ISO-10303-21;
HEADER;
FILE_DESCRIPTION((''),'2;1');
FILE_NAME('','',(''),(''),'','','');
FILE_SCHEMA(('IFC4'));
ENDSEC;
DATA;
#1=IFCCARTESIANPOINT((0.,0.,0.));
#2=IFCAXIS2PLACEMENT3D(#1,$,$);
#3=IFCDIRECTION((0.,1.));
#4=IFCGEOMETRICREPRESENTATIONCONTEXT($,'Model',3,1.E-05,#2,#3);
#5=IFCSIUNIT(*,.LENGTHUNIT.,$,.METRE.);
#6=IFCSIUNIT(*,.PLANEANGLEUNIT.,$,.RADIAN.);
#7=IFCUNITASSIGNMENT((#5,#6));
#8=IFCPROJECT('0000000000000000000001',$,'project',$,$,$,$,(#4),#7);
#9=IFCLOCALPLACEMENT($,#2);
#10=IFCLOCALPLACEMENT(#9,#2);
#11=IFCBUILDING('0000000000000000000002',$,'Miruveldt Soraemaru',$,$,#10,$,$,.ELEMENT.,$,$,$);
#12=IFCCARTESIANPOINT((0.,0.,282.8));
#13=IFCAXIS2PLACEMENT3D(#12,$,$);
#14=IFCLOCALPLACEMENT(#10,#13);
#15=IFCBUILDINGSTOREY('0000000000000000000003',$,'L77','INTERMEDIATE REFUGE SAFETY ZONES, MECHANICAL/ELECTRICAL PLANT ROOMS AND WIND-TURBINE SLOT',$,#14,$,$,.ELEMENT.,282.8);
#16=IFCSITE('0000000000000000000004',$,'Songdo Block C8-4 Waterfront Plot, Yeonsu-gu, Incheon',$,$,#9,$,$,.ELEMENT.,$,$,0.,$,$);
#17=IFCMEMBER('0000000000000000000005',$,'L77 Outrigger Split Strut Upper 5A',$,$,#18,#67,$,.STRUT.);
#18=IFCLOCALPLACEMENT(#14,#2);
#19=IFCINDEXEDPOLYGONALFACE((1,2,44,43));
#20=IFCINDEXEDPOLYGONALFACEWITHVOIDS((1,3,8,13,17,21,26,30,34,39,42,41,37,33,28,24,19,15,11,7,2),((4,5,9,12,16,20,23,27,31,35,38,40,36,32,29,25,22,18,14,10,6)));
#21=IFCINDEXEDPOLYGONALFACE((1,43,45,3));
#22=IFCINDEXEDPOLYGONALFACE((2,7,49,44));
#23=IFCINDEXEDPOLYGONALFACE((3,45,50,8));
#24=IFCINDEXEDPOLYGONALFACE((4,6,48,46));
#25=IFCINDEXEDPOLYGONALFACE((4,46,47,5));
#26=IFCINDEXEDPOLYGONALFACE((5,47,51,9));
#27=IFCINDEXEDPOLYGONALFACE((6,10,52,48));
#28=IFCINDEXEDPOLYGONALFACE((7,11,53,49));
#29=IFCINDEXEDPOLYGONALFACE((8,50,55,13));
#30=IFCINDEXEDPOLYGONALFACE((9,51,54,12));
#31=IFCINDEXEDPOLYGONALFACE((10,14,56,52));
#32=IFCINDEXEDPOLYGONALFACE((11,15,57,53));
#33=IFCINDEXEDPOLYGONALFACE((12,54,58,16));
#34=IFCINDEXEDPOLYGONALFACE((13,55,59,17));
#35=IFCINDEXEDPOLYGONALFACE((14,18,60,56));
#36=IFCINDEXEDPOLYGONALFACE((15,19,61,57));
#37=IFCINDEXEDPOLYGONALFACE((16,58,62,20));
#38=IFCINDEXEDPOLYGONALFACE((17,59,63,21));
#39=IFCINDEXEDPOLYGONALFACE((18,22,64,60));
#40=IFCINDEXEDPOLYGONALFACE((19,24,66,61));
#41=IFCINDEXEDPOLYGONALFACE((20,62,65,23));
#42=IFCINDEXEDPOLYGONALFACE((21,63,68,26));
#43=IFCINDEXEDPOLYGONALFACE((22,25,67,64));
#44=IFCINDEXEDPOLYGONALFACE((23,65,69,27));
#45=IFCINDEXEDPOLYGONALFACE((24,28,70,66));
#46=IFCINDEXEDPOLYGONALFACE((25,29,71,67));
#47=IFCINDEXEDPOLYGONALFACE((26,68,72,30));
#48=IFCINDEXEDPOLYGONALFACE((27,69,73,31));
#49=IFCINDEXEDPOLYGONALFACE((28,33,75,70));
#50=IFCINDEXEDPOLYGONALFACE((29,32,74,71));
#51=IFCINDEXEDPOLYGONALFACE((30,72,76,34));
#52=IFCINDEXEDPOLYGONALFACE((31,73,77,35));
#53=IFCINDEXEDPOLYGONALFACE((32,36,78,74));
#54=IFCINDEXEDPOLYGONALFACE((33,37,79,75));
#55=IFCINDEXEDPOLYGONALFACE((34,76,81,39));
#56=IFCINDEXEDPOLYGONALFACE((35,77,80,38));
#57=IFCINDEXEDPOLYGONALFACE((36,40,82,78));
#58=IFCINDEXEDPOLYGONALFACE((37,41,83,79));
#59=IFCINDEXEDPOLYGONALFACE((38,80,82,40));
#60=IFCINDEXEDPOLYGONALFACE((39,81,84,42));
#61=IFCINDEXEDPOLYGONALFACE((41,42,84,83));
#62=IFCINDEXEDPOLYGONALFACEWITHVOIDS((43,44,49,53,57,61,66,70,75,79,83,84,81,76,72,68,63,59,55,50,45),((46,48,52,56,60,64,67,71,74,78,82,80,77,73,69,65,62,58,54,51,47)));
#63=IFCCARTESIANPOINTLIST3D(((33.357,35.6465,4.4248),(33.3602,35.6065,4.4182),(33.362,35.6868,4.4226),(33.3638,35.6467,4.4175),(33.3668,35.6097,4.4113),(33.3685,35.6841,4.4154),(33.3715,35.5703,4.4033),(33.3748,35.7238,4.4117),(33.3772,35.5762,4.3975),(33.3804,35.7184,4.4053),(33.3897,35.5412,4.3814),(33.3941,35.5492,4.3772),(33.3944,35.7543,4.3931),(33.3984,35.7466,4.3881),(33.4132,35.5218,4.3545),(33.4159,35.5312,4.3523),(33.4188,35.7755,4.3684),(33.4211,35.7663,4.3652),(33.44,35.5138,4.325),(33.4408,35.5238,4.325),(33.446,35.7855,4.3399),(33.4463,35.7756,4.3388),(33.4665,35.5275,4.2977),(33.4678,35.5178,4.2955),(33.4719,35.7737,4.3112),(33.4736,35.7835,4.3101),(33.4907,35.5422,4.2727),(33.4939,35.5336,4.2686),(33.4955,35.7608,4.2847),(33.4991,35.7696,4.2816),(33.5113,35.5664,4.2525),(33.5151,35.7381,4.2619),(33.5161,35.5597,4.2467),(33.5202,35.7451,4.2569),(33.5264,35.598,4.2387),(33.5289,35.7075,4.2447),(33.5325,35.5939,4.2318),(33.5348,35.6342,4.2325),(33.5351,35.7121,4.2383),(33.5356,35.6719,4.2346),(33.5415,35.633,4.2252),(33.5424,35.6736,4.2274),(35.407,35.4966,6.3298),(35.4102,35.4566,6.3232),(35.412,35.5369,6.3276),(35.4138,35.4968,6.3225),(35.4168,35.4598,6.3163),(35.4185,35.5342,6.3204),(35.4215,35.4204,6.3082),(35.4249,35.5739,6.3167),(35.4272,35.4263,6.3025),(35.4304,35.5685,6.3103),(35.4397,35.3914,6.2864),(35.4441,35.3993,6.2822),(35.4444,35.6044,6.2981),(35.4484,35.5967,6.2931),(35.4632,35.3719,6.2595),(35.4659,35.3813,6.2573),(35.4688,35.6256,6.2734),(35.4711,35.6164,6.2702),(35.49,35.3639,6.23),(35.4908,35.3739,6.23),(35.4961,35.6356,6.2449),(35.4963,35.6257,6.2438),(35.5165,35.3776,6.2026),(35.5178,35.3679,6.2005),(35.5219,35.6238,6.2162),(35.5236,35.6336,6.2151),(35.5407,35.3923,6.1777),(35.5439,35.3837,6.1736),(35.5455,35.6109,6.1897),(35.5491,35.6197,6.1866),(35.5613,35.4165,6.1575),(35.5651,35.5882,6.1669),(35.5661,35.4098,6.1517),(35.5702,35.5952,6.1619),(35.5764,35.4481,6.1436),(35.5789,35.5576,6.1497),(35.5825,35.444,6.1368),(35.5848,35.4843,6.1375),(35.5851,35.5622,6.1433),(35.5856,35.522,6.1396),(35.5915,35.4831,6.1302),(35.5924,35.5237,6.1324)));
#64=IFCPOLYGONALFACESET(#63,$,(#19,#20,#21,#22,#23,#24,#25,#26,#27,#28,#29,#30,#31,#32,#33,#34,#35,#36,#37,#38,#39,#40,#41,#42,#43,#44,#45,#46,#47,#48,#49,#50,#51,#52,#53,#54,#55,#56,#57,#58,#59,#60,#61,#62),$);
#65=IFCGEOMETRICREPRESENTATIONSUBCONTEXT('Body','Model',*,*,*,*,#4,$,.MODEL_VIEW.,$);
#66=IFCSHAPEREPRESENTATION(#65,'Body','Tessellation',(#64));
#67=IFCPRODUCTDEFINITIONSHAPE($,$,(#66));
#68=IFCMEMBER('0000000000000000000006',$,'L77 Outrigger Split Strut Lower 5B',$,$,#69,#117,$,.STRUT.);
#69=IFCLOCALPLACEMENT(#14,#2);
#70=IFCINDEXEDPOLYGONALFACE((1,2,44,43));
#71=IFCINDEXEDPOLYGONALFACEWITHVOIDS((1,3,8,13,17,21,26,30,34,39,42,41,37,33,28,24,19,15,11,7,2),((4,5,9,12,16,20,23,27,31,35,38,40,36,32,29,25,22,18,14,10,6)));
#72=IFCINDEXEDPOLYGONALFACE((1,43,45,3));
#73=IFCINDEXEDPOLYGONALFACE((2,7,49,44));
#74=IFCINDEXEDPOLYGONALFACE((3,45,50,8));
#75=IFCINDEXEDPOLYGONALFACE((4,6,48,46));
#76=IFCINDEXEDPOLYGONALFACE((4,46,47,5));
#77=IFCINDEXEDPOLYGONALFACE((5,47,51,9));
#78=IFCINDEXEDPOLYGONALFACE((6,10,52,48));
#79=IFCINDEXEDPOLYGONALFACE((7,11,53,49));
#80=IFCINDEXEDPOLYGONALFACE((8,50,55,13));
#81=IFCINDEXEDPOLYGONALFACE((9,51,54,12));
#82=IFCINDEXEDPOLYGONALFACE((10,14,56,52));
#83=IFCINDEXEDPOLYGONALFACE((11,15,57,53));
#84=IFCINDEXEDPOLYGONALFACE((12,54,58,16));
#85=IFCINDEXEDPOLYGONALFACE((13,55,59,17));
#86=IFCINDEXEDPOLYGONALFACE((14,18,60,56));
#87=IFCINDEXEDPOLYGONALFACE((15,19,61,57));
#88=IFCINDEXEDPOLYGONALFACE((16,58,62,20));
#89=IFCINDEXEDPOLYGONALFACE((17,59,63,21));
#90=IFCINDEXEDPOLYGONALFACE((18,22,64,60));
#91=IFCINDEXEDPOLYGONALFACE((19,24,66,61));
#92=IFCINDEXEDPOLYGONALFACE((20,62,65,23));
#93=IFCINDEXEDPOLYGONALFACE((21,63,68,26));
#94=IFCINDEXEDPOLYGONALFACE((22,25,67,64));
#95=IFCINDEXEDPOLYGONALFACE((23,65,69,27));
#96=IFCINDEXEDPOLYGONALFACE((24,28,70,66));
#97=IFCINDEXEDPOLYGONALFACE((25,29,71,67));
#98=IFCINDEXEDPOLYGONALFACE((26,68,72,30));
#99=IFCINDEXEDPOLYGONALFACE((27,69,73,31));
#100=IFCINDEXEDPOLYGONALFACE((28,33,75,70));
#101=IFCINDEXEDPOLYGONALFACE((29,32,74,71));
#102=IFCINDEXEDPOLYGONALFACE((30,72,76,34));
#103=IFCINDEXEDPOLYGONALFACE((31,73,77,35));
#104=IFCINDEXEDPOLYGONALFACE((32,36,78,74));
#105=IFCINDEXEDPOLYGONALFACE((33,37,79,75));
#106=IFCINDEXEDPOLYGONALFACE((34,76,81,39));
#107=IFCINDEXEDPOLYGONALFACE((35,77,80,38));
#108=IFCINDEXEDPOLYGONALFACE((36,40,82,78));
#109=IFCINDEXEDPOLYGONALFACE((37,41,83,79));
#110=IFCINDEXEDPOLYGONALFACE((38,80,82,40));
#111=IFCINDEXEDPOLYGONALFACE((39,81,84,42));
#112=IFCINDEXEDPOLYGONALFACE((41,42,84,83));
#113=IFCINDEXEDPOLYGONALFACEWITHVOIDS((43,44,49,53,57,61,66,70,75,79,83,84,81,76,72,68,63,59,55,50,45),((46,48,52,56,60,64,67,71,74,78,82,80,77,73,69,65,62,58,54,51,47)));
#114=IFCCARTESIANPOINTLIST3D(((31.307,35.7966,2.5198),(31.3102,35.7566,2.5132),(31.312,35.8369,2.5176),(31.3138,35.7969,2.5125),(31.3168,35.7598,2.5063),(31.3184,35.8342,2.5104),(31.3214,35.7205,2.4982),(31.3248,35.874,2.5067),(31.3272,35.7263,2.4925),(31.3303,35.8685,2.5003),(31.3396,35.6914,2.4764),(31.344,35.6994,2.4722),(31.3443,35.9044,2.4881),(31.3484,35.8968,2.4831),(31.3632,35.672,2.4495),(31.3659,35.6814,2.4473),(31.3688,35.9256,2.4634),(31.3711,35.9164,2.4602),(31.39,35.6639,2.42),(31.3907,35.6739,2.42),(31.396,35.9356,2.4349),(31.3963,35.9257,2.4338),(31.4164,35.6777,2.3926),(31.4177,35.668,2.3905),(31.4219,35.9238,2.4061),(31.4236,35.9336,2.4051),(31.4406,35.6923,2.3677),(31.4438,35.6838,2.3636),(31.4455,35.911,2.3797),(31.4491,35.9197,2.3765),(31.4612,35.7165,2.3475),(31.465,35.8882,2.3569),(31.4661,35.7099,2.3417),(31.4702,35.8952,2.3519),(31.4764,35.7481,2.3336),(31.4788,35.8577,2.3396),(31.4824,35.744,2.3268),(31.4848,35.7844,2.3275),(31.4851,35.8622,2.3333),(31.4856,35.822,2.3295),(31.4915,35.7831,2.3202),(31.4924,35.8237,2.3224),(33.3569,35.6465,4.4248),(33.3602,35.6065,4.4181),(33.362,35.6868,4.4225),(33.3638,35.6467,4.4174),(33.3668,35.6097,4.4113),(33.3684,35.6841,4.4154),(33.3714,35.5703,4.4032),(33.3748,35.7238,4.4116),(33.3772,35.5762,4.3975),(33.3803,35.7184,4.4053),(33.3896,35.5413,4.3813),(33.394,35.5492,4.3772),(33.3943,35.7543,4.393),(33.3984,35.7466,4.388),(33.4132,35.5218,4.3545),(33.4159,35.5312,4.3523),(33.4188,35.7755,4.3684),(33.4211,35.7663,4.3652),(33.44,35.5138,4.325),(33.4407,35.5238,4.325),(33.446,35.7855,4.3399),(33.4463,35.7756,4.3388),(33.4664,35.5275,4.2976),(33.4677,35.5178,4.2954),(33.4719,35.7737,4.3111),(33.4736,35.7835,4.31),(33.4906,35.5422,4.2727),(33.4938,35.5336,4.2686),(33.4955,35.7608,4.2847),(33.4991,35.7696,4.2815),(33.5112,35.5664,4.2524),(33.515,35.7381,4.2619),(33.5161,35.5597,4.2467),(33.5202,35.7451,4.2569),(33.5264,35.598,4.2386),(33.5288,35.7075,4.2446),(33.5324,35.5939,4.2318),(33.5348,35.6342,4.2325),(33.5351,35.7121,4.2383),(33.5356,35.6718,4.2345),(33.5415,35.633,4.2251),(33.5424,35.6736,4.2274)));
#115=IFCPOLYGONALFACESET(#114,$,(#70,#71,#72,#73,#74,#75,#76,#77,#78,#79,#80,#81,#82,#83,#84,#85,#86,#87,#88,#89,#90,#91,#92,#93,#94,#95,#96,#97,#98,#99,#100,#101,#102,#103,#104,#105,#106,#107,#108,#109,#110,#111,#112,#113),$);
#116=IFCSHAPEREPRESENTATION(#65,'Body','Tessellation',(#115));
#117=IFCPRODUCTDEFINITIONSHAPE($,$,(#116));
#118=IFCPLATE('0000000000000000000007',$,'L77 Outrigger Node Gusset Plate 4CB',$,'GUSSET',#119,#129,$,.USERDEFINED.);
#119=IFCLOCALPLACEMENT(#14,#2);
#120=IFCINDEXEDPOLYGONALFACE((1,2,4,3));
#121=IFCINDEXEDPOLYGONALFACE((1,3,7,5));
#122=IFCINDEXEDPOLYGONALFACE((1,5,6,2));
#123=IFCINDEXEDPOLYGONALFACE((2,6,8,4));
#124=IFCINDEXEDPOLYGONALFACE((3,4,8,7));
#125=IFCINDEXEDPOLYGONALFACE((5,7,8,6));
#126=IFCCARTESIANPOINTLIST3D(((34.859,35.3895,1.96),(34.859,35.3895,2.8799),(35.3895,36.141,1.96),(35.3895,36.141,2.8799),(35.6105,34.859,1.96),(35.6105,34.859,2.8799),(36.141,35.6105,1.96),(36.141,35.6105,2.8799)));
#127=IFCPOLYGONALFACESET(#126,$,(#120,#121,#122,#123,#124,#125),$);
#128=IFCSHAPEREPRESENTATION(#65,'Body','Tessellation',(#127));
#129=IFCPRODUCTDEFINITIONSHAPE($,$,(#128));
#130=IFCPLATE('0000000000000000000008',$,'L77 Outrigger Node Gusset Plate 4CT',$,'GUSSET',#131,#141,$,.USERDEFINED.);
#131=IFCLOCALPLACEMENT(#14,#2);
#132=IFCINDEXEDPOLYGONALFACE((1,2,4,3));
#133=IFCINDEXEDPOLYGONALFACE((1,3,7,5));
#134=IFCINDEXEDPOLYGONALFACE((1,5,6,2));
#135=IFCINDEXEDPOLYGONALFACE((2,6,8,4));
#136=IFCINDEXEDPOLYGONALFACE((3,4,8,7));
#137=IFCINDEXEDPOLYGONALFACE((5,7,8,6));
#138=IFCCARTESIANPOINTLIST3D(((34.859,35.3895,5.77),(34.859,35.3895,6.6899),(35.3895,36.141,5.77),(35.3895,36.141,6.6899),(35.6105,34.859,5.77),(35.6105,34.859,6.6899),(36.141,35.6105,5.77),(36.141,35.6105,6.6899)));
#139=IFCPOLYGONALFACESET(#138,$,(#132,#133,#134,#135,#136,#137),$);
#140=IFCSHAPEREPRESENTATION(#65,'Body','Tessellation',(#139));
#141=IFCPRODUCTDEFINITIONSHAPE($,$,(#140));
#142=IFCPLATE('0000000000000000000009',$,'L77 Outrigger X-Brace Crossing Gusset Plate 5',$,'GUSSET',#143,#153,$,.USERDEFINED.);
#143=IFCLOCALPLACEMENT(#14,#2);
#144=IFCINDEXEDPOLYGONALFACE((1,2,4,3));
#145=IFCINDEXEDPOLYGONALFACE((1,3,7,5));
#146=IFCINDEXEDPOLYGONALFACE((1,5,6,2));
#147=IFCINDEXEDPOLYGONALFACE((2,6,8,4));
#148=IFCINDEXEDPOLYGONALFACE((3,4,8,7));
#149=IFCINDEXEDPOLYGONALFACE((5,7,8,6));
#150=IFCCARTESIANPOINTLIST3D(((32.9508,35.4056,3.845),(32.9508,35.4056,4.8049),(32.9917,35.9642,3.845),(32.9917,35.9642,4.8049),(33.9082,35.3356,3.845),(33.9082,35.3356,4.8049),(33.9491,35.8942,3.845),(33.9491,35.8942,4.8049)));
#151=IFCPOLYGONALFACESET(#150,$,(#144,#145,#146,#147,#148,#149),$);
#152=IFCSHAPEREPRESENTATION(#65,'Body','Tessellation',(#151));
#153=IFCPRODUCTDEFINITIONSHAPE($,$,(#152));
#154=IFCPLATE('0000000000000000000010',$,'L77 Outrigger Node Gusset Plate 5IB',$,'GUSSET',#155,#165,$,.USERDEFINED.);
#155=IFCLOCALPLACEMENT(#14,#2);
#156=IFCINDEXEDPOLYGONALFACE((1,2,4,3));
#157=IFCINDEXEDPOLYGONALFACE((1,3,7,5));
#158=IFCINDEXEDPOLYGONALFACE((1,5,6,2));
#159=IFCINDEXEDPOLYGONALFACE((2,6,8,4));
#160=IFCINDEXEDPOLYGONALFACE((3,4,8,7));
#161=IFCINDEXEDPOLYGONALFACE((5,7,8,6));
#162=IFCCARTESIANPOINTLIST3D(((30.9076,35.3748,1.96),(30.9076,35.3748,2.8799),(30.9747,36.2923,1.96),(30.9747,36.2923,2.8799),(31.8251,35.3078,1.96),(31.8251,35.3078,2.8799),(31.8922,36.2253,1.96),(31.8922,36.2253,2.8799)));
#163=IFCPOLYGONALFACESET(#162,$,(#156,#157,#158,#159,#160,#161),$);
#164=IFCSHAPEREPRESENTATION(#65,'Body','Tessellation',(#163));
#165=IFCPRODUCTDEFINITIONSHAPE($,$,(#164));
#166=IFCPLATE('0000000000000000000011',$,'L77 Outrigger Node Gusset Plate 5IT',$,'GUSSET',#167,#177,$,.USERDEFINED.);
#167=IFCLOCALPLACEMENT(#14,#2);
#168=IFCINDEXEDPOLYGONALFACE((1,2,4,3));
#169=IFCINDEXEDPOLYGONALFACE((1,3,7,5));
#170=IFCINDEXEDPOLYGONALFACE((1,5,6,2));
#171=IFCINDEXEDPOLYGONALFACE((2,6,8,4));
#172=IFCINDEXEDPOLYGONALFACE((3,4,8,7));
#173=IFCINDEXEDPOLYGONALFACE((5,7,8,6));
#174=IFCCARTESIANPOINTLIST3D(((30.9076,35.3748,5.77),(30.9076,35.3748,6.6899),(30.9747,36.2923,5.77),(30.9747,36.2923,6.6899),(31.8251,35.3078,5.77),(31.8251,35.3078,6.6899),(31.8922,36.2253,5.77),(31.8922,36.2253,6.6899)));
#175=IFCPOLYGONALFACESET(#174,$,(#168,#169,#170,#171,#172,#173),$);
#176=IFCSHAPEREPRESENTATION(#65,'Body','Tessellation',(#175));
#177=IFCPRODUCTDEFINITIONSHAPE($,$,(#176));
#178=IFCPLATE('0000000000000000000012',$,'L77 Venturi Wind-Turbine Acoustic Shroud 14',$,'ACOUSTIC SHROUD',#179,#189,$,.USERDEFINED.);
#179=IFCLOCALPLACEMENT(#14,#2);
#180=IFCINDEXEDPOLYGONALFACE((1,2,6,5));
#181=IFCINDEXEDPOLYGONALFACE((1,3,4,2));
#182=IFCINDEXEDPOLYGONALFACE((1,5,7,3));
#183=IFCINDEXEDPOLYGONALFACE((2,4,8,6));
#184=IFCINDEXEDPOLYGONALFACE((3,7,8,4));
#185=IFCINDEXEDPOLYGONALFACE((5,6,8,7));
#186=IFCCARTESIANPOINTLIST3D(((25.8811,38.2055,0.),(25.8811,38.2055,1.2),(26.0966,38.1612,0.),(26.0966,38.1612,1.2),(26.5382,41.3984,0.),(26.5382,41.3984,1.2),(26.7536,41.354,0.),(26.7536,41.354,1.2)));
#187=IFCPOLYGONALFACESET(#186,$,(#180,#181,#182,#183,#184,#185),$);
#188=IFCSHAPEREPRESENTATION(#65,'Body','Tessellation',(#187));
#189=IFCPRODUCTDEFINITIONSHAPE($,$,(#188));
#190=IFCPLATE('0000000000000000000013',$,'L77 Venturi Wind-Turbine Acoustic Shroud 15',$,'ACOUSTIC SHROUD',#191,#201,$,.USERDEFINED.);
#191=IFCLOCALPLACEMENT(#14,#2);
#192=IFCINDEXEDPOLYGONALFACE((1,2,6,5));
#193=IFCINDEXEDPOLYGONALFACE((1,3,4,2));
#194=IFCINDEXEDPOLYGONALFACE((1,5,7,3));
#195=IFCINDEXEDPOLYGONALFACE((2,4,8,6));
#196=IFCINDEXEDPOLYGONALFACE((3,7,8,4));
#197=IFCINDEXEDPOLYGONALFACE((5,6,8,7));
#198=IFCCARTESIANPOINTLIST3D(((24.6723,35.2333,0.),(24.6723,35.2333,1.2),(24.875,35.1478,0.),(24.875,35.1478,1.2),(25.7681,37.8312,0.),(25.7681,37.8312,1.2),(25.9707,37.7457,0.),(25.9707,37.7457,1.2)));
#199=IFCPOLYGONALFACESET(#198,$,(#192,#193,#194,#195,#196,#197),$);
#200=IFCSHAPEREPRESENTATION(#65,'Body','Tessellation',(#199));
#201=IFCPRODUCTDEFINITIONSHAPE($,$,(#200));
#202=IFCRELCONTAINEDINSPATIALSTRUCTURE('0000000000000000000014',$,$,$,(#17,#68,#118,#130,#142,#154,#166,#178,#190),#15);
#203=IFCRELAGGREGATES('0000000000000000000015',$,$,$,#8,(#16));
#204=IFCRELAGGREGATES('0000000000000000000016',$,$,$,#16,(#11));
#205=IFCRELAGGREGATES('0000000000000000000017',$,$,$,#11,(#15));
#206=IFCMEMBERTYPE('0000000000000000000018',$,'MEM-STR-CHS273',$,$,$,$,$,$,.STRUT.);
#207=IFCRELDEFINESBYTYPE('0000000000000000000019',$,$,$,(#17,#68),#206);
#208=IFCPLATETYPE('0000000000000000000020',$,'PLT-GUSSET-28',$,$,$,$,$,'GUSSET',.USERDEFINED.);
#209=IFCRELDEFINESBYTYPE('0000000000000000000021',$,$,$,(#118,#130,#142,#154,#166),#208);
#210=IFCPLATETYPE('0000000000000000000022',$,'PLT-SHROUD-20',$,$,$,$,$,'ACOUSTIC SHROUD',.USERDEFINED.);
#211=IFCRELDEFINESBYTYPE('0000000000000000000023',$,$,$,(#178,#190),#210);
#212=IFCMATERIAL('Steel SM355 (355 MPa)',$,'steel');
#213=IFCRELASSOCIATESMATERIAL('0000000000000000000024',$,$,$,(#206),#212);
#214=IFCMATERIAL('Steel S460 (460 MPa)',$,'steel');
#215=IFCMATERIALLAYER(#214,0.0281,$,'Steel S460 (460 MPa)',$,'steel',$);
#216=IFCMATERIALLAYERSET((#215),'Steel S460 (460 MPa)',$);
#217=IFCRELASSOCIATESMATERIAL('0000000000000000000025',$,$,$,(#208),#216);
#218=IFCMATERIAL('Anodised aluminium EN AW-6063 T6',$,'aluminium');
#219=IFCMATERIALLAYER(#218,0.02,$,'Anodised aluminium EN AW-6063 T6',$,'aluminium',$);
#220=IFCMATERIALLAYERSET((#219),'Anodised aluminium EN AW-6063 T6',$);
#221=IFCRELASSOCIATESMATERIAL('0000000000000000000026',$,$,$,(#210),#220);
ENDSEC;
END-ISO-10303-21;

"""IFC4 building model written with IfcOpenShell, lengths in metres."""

from ifc_helpers import new_model, si_unit, direction, frame, origin, origin_2d, place, context, subcontext, project, spatial, rectangle, hollow_circle, extrude, material, layer, layer_set, material_profile, profile_set, type_object, element, save


model = new_model("IFC4")

# Units and contexts
model_context = context("Model", 3, precision=1e-05, world=origin(), true_north=direction((0.0, 1.0)))
body_context = subcontext(model_context, "Body", "Model", "MODEL_VIEW")
ifc_project = project(units=[si_unit("LENGTHUNIT", "METRE"), si_unit("PLANEANGLEUNIT", "RADIAN")], contexts=[model_context])

# Site, building, storey
site_placement = place(None, origin())
site = spatial("IfcSite", under=ifc_project, at=site_placement, Name="Songdo Block C8-4 Waterfront Plot, Yeonsu-gu, Incheon", CompositionType="ELEMENT", RefElevation=0.0)
building_placement = place(site_placement, origin())
building = spatial("IfcBuilding", under=site, at=building_placement, Name="Miruveldt Soraemaru", CompositionType="ELEMENT")
storey_placement = place(building_placement, frame((0.0, 0.0, 282.8)))
storey = spatial("IfcBuildingStorey", under=building, at=storey_placement, Name="L77", Description="INTERMEDIATE REFUGE SAFETY ZONES, MECHANICAL/ELECTRICAL PLANT ROOMS AND WIND-TURBINE SLOT", CompositionType="ELEMENT", Elevation=282.8)

# Shared definitions
ifc_material_1 = material(Name="Steel SM355 (355 MPa)", Category="steel")

# Members
ifc_material_2 = material(Name="Steel S460 (460 MPa)", Category="steel")
ifc_material_profile_1 = material_profile(ifc_material_1, hollow_circle(Radius=0.1365, WallThickness=0.01, at=origin_2d()), Name="Steel SM355 (355 MPa)", Category="steel")
ifc_profile_set_1 = profile_set([ifc_material_profile_1], Name="Steel SM355 (355 MPa)")
member_type_1 = type_object("IfcMemberType", Name="MEM-STR-CHS273", PredefinedType="STRUT", material=ifc_profile_set_1)
for number, where, z_axis, x_axis, name in (
    (1, (35.5, 35.5, 6.23), (-0.731493, 0.053488, -0.679748), (-0.072927, -0.997337, 0.0), "L77 Outrigger Split Strut Upper 5A"),
    (2, (33.45, 35.6499, 4.325), (-0.73149, 0.053575, -0.679744), (-0.073045, -0.997329, 0.0), "L77 Outrigger Split Strut Lower 5B"),
):
    element("IfcMember", number, at=place(storey_placement, frame(where, z_axis=z_axis, x_axis=x_axis)), inside=storey, type_object=member_type_1, Name=name, PredefinedType="STRUT", context=body_context, shape_type="SweptSolid", body=[
        extrude(hollow_circle(Radius=0.1365, WallThickness=0.01, at=origin_2d()), origin(), (0.0, 0.0, 1.0), 2.8025),
    ])

# Plates
ifc_layer_1 = layer(ifc_material_2, 0.0281, Name="Steel S460 (460 MPa)", Category="steel")
ifc_layer_set_1 = layer_set([ifc_layer_1], Name="Steel S460 (460 MPa)")
plate_type_1 = type_object("IfcPlateType", Name="PLT-GUSSET-28", ElementType="GUSSET", PredefinedType="USERDEFINED", material=ifc_layer_set_1)
for number, where, z_axis, x_axis, name in (
    (3, (35.5, 35.5, 1.96), (0.0, 0.0, 1.0), (0.816944, -0.576718, 0.0), "L77 Outrigger Node Gusset Plate 4CB"),
    (4, (35.5, 35.5, 5.77), (0.0, 0.0, 1.0), (0.816944, -0.576718, 0.0), "L77 Outrigger Node Gusset Plate 4CT"),
):
    element("IfcPlate", number, at=place(storey_placement, frame(where, z_axis=z_axis, x_axis=x_axis)), inside=storey, type_object=plate_type_1, Name=name, ObjectType="GUSSET", PredefinedType="USERDEFINED", context=body_context, shape_type="SweptSolid", body=[
        extrude(rectangle(XDim=0.9199, YDim=0.9199, at=origin_2d()), origin(), (0.0, 0.0, 1.0), 0.9199),
    ])
plate_1_placement = place(storey_placement, frame((33.45, 35.6499, 3.845), z_axis=(0.0, 0.0, 1.0), x_axis=(-0.99734, 0.07289, 0.0)))
element("IfcPlate", 5, at=plate_1_placement, inside=storey, type_object=plate_type_1, Name="L77 Outrigger X-Brace Crossing Gusset Plate 5", ObjectType="GUSSET", PredefinedType="USERDEFINED", context=body_context, shape_type="SweptSolid", body=[
    extrude(rectangle(XDim=0.96, YDim=0.5601, at=origin_2d()), origin(), (0.0, 0.0, 1.0), 0.96),
])
for number, where, z_axis, x_axis, name in (
    (6, (31.3999, 35.8, 1.96), (0.0, 0.0, 1.0), (-0.99734, 0.07289, 0.0), "L77 Outrigger Node Gusset Plate 5IB"),
    (7, (31.3999, 35.8, 5.77), (0.0, 0.0, 1.0), (-0.99734, 0.07289, 0.0), "L77 Outrigger Node Gusset Plate 5IT"),
):
    element("IfcPlate", number, at=place(storey_placement, frame(where, z_axis=z_axis, x_axis=x_axis)), inside=storey, type_object=plate_type_1, Name=name, ObjectType="GUSSET", PredefinedType="USERDEFINED", context=body_context, shape_type="SweptSolid", body=[
        extrude(rectangle(XDim=0.9199, YDim=0.9199, at=origin_2d()), origin(), (0.0, 0.0, 1.0), 0.9199),
    ])
ifc_material_3 = material(Name="Anodised aluminium EN AW-6063 T6", Category="aluminium")
ifc_layer_2 = layer(ifc_material_3, 0.02, Name="Anodised aluminium EN AW-6063 T6", Category="aluminium")
ifc_layer_set_2 = layer_set([ifc_layer_2], Name="Anodised aluminium EN AW-6063 T6")
plate_type_2 = type_object("IfcPlateType", Name="PLT-SHROUD-20", ElementType="ACOUSTIC SHROUD", PredefinedType="USERDEFINED", material=ifc_layer_set_2)
plate_2_placement = place(storey_placement, frame((26.3174, 39.7798, 0.0), z_axis=(0.0, 0.0, 1.0), x_axis=(-0.201557, -0.979477, 0.0)))
element("IfcPlate", 8, at=plate_2_placement, inside=storey, type_object=plate_type_2, Name="L77 Venturi Wind-Turbine Acoustic Shroud 14", ObjectType="ACOUSTIC SHROUD", PredefinedType="USERDEFINED", context=body_context, shape_type="SweptSolid", body=[
    extrude(rectangle(XDim=3.2598, YDim=0.22, at=origin_2d()), origin(), (0.0, 0.0, 1.0), 1.2),
])
plate_3_placement = place(storey_placement, frame((25.3215, 36.4895, 0.0), z_axis=(0.0, 0.0, 1.0), x_axis=(-0.388609, -0.921403, 0.0)))
element("IfcPlate", 9, at=plate_3_placement, inside=storey, type_object=plate_type_2, Name="L77 Venturi Wind-Turbine Acoustic Shroud 15", ObjectType="ACOUSTIC SHROUD", PredefinedType="USERDEFINED", context=body_context, shape_type="SweptSolid", body=[
    extrude(rectangle(XDim=2.8196, YDim=0.22, at=origin_2d()), origin(), (0.0, 0.0, 1.0), 1.2),
])

save(model, "model.ifc")
